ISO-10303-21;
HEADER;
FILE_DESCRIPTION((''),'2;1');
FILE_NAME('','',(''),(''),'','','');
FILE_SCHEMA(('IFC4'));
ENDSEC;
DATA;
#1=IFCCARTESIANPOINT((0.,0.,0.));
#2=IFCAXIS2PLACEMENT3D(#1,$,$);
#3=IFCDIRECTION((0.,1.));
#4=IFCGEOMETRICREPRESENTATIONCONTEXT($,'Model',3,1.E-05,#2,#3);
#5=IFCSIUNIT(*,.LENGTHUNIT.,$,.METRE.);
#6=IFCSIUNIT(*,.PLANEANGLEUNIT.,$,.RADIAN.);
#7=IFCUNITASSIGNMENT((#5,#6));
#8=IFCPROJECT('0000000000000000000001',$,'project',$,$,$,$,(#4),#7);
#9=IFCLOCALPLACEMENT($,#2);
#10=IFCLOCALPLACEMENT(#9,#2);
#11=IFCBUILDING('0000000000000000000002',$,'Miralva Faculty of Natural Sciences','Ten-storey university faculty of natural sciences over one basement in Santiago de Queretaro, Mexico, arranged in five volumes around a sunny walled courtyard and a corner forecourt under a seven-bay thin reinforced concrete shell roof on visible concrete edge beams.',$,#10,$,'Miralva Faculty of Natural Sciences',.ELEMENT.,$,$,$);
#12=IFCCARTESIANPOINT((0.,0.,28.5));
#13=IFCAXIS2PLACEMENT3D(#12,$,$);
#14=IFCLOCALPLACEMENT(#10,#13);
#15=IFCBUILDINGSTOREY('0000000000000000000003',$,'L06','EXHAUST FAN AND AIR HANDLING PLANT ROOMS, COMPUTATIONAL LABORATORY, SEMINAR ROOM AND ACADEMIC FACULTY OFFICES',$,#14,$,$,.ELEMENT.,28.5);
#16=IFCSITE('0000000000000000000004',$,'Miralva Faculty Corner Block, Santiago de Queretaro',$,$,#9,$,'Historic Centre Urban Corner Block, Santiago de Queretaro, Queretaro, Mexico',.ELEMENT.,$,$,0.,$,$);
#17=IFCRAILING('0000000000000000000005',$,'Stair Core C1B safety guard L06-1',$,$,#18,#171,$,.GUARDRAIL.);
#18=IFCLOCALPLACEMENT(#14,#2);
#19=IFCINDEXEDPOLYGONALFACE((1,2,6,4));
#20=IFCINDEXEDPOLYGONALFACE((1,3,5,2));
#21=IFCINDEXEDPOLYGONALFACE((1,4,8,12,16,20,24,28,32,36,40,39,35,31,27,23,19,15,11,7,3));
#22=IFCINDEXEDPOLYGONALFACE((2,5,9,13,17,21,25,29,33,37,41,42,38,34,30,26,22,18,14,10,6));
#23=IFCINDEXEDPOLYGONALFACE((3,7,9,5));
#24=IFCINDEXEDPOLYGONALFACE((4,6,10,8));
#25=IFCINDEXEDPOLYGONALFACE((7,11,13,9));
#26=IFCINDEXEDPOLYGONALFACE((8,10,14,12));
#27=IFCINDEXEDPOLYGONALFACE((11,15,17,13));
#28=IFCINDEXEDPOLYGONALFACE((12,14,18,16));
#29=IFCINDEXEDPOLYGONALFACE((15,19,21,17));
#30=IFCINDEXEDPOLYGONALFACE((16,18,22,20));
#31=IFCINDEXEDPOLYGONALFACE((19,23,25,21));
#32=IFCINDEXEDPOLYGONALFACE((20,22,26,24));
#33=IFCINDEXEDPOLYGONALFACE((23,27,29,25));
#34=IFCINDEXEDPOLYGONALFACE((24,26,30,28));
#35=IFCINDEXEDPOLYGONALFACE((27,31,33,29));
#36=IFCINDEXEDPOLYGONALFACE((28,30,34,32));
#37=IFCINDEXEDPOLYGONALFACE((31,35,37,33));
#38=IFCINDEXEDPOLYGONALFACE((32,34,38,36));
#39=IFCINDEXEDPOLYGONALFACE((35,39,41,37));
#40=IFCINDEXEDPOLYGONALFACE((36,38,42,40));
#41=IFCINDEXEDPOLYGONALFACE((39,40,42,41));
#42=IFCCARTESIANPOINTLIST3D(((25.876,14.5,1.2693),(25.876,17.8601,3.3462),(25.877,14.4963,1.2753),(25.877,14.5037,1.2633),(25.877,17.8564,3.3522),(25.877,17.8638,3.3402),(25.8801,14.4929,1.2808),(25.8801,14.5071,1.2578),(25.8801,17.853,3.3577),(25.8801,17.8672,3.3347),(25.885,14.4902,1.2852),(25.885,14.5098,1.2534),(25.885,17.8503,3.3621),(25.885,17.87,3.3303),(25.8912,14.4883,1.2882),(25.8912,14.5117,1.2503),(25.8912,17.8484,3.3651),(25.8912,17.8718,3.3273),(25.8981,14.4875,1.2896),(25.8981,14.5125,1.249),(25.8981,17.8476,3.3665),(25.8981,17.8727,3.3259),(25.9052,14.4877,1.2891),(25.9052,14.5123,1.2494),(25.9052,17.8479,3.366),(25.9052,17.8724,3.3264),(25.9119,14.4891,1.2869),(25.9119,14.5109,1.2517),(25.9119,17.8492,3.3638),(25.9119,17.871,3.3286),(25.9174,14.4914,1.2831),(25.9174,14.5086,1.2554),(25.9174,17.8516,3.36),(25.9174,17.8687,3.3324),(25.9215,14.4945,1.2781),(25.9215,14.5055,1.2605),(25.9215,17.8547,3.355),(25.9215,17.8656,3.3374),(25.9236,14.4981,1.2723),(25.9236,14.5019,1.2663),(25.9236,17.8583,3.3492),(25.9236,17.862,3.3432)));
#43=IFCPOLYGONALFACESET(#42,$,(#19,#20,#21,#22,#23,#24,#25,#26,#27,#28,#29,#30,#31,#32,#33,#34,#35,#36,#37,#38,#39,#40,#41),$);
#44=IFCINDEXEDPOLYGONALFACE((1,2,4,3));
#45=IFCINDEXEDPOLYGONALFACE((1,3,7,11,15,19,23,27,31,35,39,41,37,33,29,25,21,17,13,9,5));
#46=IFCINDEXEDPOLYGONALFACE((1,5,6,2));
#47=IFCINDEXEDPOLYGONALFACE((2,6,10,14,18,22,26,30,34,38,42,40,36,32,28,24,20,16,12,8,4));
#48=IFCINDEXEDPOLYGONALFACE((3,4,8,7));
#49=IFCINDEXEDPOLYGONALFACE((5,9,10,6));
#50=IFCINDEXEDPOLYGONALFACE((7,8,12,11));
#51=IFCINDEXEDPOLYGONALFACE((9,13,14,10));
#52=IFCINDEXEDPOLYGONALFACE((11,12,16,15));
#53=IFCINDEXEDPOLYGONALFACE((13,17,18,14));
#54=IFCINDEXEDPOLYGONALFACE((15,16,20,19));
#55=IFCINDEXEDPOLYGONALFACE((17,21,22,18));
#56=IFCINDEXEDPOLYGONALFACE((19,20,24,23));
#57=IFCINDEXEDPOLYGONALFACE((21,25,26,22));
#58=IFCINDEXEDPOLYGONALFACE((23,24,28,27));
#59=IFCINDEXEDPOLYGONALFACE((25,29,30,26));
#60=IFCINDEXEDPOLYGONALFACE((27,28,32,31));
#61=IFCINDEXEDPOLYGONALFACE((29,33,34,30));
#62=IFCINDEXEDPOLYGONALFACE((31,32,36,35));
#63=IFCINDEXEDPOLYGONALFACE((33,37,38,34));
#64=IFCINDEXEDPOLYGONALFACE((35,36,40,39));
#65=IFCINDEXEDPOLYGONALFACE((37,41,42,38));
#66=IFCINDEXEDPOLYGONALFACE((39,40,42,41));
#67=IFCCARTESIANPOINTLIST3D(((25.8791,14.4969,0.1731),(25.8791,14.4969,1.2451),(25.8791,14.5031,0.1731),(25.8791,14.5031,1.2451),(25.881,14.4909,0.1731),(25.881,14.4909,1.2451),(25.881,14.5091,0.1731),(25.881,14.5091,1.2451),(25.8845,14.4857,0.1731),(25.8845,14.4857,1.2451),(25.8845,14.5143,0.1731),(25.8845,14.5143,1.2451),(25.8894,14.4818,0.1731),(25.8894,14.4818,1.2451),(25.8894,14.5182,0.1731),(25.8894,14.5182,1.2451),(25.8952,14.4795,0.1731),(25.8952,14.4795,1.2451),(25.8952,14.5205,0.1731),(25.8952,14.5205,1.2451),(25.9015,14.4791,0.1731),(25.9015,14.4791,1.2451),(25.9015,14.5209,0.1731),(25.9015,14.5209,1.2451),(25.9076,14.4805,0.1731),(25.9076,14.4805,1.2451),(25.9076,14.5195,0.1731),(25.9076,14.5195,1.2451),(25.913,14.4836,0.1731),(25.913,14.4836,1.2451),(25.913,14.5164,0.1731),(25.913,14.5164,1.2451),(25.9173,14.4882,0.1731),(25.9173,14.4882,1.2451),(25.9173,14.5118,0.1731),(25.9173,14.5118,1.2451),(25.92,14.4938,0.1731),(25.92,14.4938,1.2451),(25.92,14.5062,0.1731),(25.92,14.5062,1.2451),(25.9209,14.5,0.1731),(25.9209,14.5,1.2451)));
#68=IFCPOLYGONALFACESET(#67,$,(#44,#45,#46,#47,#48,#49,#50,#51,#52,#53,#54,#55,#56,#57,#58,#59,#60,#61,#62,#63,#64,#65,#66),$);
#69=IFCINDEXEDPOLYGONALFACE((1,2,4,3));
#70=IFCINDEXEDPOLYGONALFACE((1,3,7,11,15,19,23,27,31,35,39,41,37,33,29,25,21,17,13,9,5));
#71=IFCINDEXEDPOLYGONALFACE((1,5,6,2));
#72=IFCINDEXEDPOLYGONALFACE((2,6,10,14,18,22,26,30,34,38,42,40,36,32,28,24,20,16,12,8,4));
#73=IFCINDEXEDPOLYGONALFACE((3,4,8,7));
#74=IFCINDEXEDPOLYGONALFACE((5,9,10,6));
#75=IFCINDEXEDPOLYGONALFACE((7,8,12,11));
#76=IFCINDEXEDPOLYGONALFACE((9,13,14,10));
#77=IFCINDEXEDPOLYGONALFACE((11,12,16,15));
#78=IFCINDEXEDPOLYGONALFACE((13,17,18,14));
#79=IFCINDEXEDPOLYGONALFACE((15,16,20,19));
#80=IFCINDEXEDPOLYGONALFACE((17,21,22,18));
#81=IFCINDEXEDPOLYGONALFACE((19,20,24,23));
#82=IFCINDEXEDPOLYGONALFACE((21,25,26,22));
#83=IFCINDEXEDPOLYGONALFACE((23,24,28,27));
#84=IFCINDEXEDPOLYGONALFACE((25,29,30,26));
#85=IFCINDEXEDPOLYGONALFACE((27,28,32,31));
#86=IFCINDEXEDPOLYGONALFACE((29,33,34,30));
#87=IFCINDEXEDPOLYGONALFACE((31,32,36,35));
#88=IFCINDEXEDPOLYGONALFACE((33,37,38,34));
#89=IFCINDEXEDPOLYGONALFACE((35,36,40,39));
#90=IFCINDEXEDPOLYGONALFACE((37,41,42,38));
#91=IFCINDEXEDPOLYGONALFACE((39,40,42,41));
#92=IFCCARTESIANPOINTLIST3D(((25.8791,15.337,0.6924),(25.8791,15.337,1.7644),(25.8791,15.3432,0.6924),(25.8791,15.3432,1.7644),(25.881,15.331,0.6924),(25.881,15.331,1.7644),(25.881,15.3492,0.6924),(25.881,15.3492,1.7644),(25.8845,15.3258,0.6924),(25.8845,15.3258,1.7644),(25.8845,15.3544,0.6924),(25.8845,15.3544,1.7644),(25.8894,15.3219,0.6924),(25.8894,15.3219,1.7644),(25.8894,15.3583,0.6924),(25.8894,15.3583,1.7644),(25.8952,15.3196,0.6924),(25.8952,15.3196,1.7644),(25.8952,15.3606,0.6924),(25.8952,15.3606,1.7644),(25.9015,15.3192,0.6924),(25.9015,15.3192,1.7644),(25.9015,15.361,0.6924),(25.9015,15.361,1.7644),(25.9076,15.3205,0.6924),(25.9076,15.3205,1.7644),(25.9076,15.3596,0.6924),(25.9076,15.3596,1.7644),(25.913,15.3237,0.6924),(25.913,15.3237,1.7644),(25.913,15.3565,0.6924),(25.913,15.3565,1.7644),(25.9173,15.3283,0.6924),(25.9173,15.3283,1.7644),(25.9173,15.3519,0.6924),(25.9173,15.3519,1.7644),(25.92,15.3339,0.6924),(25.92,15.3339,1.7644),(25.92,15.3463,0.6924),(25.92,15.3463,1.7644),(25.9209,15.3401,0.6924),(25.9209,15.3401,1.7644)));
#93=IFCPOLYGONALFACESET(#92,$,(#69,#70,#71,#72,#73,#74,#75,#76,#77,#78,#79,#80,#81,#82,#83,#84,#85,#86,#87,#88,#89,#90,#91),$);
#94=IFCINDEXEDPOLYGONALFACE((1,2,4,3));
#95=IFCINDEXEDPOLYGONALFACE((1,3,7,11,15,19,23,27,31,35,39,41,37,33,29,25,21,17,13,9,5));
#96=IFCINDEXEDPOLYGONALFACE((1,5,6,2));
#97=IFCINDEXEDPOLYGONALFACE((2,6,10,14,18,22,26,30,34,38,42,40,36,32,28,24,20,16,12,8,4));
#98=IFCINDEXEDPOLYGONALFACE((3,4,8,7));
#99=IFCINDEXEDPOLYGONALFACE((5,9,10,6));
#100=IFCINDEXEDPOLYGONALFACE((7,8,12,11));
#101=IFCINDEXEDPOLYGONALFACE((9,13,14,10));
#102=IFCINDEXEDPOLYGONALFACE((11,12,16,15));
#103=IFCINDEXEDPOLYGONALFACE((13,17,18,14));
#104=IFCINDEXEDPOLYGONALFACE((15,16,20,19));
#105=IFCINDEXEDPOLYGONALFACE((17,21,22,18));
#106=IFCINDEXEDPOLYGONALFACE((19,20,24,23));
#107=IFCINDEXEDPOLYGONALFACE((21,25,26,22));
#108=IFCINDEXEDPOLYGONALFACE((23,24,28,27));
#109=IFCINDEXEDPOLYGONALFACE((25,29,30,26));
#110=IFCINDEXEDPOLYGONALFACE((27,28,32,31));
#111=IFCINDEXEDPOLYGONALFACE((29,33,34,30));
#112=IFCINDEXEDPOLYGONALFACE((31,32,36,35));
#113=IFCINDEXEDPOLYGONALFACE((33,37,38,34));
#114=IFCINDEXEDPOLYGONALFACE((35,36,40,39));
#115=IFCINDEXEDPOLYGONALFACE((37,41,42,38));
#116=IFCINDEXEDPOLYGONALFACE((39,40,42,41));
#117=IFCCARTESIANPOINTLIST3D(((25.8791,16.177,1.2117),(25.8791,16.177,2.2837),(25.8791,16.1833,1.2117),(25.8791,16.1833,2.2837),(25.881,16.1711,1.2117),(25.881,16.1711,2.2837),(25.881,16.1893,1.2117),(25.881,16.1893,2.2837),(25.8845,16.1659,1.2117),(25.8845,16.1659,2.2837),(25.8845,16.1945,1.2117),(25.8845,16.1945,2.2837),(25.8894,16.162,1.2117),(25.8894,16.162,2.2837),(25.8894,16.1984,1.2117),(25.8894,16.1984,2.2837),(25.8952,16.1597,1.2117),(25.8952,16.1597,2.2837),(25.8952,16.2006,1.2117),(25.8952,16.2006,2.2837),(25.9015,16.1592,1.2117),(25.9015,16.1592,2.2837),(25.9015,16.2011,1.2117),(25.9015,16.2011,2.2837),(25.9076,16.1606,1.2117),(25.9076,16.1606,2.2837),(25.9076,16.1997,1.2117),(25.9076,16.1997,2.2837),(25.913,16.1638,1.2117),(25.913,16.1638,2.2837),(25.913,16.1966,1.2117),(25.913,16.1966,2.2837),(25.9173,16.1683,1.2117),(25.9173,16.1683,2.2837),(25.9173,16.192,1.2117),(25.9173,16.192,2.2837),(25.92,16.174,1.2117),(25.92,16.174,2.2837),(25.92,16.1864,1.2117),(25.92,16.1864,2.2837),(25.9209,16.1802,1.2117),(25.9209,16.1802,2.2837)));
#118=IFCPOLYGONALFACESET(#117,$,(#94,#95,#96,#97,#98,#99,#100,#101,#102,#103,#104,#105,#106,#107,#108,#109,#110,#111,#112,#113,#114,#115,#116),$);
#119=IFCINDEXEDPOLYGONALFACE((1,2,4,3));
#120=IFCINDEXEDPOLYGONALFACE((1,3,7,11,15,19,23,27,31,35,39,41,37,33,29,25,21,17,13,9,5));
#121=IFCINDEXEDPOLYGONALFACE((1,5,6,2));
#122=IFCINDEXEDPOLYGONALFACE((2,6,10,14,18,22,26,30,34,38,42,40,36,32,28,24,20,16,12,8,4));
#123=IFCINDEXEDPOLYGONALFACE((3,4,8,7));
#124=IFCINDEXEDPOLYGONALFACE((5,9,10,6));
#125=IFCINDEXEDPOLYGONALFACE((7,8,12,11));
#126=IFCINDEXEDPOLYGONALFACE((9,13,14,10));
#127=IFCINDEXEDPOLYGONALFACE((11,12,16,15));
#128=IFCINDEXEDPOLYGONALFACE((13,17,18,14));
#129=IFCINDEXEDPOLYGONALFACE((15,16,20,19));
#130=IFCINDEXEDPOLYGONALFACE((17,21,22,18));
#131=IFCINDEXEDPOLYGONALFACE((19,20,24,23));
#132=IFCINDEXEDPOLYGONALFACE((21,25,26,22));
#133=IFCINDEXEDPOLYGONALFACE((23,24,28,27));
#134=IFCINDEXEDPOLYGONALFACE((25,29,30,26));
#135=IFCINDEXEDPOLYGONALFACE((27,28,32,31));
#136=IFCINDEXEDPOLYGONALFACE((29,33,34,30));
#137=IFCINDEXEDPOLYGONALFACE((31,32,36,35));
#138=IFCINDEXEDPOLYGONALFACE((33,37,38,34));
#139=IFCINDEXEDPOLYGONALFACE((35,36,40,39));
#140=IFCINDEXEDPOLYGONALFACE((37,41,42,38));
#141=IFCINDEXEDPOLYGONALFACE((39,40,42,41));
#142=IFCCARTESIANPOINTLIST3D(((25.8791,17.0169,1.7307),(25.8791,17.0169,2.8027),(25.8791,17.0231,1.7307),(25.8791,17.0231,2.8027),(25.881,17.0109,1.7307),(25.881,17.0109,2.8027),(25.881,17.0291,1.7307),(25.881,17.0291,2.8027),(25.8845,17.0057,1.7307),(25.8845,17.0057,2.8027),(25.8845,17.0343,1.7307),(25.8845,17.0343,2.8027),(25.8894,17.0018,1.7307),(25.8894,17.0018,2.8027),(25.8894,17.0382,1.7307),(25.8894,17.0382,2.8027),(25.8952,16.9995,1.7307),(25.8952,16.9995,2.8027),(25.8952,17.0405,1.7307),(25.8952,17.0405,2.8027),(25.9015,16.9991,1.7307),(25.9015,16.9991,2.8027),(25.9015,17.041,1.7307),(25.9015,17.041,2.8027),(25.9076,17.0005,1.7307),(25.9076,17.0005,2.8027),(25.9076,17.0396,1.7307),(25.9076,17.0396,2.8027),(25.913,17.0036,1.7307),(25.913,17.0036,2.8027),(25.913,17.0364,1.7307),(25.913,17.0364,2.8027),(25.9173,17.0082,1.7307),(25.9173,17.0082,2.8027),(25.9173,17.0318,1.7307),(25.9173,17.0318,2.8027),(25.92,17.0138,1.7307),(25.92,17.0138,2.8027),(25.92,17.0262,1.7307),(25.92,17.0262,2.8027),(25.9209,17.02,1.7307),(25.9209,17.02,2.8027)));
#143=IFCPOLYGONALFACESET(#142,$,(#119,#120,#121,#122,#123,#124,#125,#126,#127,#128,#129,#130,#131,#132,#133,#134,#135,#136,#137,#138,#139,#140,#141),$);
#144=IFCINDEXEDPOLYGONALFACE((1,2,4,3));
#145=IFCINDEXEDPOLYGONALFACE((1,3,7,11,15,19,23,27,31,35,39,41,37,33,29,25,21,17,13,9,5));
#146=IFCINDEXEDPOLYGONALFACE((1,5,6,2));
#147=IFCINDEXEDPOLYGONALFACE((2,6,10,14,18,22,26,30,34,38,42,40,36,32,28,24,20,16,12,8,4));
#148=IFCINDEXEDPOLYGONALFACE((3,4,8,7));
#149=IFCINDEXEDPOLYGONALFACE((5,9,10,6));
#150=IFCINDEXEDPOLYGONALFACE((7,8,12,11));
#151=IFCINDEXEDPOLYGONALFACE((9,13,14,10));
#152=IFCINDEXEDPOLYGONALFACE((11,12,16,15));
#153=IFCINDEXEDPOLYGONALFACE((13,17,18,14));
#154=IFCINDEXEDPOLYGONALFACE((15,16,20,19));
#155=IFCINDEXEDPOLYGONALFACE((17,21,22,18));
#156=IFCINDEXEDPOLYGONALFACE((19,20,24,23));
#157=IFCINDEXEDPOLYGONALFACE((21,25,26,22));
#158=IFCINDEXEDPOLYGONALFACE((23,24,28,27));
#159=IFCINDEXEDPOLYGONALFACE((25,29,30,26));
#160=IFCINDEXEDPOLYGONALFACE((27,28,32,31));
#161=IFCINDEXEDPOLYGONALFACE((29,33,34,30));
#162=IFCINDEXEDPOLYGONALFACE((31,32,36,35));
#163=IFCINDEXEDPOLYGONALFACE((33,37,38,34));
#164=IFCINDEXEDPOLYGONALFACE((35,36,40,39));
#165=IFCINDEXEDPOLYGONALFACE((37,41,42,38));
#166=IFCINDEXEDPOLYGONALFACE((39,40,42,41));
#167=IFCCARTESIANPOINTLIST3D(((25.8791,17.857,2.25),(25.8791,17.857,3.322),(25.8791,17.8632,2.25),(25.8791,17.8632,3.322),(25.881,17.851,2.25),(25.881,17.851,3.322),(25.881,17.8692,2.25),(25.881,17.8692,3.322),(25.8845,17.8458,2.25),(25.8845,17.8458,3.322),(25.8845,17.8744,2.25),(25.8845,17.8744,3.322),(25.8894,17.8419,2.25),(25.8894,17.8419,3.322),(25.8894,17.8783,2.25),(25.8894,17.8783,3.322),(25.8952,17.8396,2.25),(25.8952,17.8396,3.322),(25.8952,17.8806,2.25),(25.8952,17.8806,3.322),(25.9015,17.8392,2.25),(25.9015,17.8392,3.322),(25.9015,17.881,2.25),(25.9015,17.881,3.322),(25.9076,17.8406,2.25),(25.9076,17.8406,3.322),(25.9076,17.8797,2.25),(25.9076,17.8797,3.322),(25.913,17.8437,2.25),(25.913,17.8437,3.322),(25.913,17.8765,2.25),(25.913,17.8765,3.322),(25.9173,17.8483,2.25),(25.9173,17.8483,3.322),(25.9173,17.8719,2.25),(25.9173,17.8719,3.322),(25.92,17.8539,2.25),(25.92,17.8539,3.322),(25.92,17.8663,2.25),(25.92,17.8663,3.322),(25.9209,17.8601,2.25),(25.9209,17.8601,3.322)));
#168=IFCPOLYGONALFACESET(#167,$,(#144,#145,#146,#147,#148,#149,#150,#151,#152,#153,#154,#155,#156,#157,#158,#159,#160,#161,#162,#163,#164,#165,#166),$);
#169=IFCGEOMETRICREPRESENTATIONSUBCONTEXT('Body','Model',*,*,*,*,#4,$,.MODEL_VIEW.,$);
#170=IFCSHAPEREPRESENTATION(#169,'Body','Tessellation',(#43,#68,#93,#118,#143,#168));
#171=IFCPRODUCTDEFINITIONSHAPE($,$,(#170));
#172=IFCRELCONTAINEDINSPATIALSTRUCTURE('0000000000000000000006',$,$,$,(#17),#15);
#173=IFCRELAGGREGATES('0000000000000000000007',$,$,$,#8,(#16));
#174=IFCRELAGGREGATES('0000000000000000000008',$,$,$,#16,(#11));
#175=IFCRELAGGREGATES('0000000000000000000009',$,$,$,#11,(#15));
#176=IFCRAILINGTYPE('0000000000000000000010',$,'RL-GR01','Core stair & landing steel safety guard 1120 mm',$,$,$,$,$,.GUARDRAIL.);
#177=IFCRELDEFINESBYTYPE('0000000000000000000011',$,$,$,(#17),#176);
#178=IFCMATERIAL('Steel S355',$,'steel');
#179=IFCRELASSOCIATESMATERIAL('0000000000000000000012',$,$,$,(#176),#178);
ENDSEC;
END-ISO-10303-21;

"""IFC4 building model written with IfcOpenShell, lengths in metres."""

from ifc_helpers import new_model, si_unit, direction, frame, origin, origin_2d, place, context, subcontext, project, spatial, circle, extrude, material, type_object, element, save


model = new_model("IFC4")

# Units and contexts
model_context = context("Model", 3, precision=1e-05, world=origin(), true_north=direction((0.0, 1.0)))
body_context = subcontext(model_context, "Body", "Model", "MODEL_VIEW")
ifc_project = project(units=[si_unit("LENGTHUNIT", "METRE"), si_unit("PLANEANGLEUNIT", "RADIAN")], contexts=[model_context])

# Site, building, storey
site_placement = place(None, origin())
site = spatial("IfcSite", under=ifc_project, at=site_placement, Name="Miralva Faculty Corner Block, Santiago de Queretaro", LongName="Historic Centre Urban Corner Block, Santiago de Queretaro, Queretaro, Mexico", CompositionType="ELEMENT", RefElevation=0.0)
building_placement = place(site_placement, origin())
building = spatial("IfcBuilding", under=site, at=building_placement, Name="Miralva Faculty of Natural Sciences", Description="Ten-storey university faculty of natural sciences over one basement in Santiago de Queretaro, Mexico, arranged in five volumes around a sunny walled courtyard and a corner forecourt under a seven-bay thin reinforced concrete shell roof on visible concrete edge beams.", LongName="Miralva Faculty of Natural Sciences", CompositionType="ELEMENT")
storey_placement = place(building_placement, frame((0.0, 0.0, 28.5)))
storey = spatial("IfcBuildingStorey", under=building, at=storey_placement, Name="L06", Description="EXHAUST FAN AND AIR HANDLING PLANT ROOMS, COMPUTATIONAL LABORATORY, SEMINAR ROOM AND ACADEMIC FACULTY OFFICES", CompositionType="ELEMENT", Elevation=28.5)

# Shared definitions
ifc_material_1 = material(Name="Steel S355", Category="steel")

# Railing
railing_type_1 = type_object("IfcRailingType", Name="RL-GR01", Description="Core stair & landing steel safety guard 1120 mm", PredefinedType="GUARDRAIL", material=ifc_material_1)
railing_1_placement = place(storey_placement, frame((25.8999, 14.5, 0.1731)))
element("IfcRailing", 1, at=railing_1_placement, inside=storey, type_object=railing_type_1, Name="Stair Core C1B safety guard L06-1", PredefinedType="GUARDRAIL", context=body_context, shape_type="SweptSolid", body=[
    extrude(circle(Radius=0.0239, at=origin_2d()), frame((0.0, 0.0, 1.0962), z_axis=(0.0, 0.850623, 0.525776), x_axis=(-1.0, 0.0, 0.0)), (0.0, 0.0, 1.0), 3.9502),
    extrude(circle(Radius=0.021, at=origin_2d()), origin(), (0.0, 0.0, 1.0), 1.072),
    extrude(circle(Radius=0.021, at=origin_2d()), frame((0.0, 0.8401, 0.5193)), (0.0, 0.0, 1.0), 1.072),
    extrude(circle(Radius=0.021, at=origin_2d()), frame((0.0, 1.6802, 1.0386)), (0.0, 0.0, 1.0), 1.072),
    extrude(circle(Radius=0.021, at=origin_2d()), frame((0.0, 2.52, 1.5576)), (0.0, 0.0, 1.0), 1.072),
    extrude(circle(Radius=0.021, at=origin_2d()), frame((0.0, 3.3601, 2.0769)), (0.0, 0.0, 1.0), 1.072),
])

save(model, "model.ifc")
